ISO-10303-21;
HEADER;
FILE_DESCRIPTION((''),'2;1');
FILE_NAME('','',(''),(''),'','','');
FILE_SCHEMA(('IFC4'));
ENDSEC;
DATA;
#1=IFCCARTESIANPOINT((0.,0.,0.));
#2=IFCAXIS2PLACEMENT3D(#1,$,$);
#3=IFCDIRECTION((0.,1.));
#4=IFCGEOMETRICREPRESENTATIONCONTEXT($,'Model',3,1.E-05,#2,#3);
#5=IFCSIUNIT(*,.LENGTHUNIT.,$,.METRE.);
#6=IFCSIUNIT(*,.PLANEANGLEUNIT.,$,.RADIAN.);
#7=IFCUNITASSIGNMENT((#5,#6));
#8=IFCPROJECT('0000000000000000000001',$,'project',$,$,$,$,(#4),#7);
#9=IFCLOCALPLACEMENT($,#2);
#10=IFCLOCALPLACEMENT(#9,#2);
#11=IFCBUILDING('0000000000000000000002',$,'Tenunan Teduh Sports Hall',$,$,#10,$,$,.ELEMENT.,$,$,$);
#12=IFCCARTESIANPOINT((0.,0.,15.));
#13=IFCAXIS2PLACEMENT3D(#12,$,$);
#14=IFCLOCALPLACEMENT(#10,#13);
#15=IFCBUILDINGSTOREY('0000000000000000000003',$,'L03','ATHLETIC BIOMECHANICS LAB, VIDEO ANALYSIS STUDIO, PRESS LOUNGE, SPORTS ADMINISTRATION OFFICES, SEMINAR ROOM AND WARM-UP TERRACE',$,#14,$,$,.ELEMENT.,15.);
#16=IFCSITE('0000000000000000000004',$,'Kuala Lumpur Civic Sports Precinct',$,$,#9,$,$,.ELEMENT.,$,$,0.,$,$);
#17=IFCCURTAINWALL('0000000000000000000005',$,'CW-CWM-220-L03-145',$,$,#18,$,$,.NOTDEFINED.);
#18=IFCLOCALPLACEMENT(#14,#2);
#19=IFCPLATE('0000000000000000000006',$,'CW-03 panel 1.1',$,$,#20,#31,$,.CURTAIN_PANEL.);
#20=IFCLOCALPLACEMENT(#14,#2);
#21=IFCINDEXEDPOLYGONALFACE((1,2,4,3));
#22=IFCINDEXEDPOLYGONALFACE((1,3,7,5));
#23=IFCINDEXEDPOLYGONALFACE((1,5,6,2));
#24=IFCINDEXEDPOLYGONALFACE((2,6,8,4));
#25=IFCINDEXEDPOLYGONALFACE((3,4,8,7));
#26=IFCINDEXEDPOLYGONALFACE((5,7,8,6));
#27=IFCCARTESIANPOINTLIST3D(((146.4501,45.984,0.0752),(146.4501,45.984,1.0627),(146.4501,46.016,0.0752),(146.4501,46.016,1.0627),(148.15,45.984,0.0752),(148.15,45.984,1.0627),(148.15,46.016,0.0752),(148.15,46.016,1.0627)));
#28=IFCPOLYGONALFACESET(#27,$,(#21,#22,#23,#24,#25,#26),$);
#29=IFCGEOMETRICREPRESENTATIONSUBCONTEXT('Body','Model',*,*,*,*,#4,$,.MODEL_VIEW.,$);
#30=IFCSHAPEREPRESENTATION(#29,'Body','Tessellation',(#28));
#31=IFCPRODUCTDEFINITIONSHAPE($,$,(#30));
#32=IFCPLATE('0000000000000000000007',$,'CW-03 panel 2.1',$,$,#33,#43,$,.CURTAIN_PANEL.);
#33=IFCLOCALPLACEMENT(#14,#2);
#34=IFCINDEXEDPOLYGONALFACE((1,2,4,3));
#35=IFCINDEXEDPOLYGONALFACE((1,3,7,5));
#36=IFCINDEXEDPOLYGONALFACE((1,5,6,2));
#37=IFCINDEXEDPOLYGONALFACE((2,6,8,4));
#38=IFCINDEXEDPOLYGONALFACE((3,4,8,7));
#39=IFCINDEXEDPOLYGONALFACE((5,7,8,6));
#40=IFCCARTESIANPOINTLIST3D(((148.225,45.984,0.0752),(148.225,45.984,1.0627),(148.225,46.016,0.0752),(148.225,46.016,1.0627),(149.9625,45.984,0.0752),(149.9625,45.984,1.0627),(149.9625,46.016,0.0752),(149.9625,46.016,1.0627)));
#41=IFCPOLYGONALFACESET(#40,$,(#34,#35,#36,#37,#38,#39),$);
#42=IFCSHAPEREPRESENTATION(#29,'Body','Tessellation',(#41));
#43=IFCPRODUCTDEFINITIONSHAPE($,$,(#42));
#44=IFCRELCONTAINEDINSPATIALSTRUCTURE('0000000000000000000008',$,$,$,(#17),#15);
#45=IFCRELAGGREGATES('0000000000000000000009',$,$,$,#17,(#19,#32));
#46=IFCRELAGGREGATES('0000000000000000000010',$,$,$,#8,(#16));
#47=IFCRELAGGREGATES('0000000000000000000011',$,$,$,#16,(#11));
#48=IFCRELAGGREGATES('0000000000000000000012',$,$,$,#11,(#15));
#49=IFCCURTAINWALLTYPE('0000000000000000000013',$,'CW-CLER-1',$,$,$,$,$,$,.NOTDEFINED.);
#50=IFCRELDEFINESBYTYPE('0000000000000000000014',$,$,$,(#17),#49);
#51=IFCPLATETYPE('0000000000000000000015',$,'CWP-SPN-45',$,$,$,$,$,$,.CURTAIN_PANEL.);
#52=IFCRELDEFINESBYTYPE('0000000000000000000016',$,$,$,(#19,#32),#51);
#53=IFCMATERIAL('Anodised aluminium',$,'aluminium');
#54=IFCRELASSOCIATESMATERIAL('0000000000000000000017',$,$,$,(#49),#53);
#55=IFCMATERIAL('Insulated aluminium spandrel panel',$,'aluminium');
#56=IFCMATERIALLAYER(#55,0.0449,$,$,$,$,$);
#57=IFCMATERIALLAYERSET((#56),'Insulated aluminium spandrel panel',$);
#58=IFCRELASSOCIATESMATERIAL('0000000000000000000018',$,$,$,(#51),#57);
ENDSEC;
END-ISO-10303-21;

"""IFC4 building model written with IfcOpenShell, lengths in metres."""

from ifc_helpers import new_model, si_unit, direction, frame, origin, origin_2d, place, context, subcontext, project, spatial, rectangle, extrude, material, layer, layer_set, type_object, element, aggregate, save


model = new_model("IFC4")

# Units and contexts
model_context = context("Model", 3, precision=1e-05, world=origin(), true_north=direction((0.0, 1.0)))
body_context = subcontext(model_context, "Body", "Model", "MODEL_VIEW")
ifc_project = project(units=[si_unit("LENGTHUNIT", "METRE"), si_unit("PLANEANGLEUNIT", "RADIAN")], contexts=[model_context])

# Site, building, storey
site_placement = place(None, origin())
site = spatial("IfcSite", under=ifc_project, at=site_placement, Name="Kuala Lumpur Civic Sports Precinct", CompositionType="ELEMENT", RefElevation=0.0)
building_placement = place(site_placement, origin())
building = spatial("IfcBuilding", under=site, at=building_placement, Name="Tenunan Teduh Sports Hall", CompositionType="ELEMENT")
storey_placement = place(building_placement, frame((0.0, 0.0, 15.0)))
storey = spatial("IfcBuildingStorey", under=building, at=storey_placement, Name="L03", Description="ATHLETIC BIOMECHANICS LAB, VIDEO ANALYSIS STUDIO, PRESS LOUNGE, SPORTS ADMINISTRATION OFFICES, SEMINAR ROOM AND WARM-UP TERRACE", CompositionType="ELEMENT", Elevation=15.0)

# Curtain wall
ifc_material_1 = material(Name="Anodised aluminium", Category="aluminium")
curtain_wall_type = type_object("IfcCurtainWallType", Name="CW-CLER-1", PredefinedType="NOTDEFINED", material=ifc_material_1)
curtain_wall_placement = place(storey_placement, origin())
curtain_wall = element("IfcCurtainWall", 1, at=curtain_wall_placement, inside=storey, type_object=curtain_wall_type, Name="CW-CWM-220-L03-145", PredefinedType="NOTDEFINED")

# Plates
ifc_material_2 = material(Name="Insulated aluminium spandrel panel", Category="aluminium")
ifc_layer_1 = layer(ifc_material_2, 0.0449)
ifc_layer_set_1 = layer_set([ifc_layer_1], Name="Insulated aluminium spandrel panel")
plate_type_1 = type_object("IfcPlateType", Name="CWP-SPN-45", PredefinedType="CURTAIN_PANEL", material=ifc_layer_set_1)
plate_1_placement = place(storey_placement, frame((147.3, 46.0, 0.0752), z_axis=(0.0, 0.0, 1.0), x_axis=(1.0, 0.0, 0.0)))
plate_1 = element("IfcPlate", 2, at=plate_1_placement, type_object=plate_type_1, Name="CW-03 panel 1.1", PredefinedType="CURTAIN_PANEL", context=body_context, shape_type="SweptSolid", body=[
    extrude(rectangle(XDim=1.7, YDim=0.032, at=origin_2d()), origin(), (0.0, 0.0, 1.0), 0.9875),
])
plate_2_placement = place(storey_placement, frame((149.0938, 46.0, 0.0752), z_axis=(0.0, 0.0, 1.0), x_axis=(1.0, 0.0, 0.0)))
plate_2 = element("IfcPlate", 3, at=plate_2_placement, type_object=plate_type_1, Name="CW-03 panel 2.1", PredefinedType="CURTAIN_PANEL", context=body_context, shape_type="SweptSolid", body=[
    extrude(rectangle(XDim=1.7375, YDim=0.032, at=origin_2d()), origin(), (0.0, 0.0, 1.0), 0.9875),
])
aggregate(curtain_wall, [plate_1, plate_2])

save(model, "model.ifc")
